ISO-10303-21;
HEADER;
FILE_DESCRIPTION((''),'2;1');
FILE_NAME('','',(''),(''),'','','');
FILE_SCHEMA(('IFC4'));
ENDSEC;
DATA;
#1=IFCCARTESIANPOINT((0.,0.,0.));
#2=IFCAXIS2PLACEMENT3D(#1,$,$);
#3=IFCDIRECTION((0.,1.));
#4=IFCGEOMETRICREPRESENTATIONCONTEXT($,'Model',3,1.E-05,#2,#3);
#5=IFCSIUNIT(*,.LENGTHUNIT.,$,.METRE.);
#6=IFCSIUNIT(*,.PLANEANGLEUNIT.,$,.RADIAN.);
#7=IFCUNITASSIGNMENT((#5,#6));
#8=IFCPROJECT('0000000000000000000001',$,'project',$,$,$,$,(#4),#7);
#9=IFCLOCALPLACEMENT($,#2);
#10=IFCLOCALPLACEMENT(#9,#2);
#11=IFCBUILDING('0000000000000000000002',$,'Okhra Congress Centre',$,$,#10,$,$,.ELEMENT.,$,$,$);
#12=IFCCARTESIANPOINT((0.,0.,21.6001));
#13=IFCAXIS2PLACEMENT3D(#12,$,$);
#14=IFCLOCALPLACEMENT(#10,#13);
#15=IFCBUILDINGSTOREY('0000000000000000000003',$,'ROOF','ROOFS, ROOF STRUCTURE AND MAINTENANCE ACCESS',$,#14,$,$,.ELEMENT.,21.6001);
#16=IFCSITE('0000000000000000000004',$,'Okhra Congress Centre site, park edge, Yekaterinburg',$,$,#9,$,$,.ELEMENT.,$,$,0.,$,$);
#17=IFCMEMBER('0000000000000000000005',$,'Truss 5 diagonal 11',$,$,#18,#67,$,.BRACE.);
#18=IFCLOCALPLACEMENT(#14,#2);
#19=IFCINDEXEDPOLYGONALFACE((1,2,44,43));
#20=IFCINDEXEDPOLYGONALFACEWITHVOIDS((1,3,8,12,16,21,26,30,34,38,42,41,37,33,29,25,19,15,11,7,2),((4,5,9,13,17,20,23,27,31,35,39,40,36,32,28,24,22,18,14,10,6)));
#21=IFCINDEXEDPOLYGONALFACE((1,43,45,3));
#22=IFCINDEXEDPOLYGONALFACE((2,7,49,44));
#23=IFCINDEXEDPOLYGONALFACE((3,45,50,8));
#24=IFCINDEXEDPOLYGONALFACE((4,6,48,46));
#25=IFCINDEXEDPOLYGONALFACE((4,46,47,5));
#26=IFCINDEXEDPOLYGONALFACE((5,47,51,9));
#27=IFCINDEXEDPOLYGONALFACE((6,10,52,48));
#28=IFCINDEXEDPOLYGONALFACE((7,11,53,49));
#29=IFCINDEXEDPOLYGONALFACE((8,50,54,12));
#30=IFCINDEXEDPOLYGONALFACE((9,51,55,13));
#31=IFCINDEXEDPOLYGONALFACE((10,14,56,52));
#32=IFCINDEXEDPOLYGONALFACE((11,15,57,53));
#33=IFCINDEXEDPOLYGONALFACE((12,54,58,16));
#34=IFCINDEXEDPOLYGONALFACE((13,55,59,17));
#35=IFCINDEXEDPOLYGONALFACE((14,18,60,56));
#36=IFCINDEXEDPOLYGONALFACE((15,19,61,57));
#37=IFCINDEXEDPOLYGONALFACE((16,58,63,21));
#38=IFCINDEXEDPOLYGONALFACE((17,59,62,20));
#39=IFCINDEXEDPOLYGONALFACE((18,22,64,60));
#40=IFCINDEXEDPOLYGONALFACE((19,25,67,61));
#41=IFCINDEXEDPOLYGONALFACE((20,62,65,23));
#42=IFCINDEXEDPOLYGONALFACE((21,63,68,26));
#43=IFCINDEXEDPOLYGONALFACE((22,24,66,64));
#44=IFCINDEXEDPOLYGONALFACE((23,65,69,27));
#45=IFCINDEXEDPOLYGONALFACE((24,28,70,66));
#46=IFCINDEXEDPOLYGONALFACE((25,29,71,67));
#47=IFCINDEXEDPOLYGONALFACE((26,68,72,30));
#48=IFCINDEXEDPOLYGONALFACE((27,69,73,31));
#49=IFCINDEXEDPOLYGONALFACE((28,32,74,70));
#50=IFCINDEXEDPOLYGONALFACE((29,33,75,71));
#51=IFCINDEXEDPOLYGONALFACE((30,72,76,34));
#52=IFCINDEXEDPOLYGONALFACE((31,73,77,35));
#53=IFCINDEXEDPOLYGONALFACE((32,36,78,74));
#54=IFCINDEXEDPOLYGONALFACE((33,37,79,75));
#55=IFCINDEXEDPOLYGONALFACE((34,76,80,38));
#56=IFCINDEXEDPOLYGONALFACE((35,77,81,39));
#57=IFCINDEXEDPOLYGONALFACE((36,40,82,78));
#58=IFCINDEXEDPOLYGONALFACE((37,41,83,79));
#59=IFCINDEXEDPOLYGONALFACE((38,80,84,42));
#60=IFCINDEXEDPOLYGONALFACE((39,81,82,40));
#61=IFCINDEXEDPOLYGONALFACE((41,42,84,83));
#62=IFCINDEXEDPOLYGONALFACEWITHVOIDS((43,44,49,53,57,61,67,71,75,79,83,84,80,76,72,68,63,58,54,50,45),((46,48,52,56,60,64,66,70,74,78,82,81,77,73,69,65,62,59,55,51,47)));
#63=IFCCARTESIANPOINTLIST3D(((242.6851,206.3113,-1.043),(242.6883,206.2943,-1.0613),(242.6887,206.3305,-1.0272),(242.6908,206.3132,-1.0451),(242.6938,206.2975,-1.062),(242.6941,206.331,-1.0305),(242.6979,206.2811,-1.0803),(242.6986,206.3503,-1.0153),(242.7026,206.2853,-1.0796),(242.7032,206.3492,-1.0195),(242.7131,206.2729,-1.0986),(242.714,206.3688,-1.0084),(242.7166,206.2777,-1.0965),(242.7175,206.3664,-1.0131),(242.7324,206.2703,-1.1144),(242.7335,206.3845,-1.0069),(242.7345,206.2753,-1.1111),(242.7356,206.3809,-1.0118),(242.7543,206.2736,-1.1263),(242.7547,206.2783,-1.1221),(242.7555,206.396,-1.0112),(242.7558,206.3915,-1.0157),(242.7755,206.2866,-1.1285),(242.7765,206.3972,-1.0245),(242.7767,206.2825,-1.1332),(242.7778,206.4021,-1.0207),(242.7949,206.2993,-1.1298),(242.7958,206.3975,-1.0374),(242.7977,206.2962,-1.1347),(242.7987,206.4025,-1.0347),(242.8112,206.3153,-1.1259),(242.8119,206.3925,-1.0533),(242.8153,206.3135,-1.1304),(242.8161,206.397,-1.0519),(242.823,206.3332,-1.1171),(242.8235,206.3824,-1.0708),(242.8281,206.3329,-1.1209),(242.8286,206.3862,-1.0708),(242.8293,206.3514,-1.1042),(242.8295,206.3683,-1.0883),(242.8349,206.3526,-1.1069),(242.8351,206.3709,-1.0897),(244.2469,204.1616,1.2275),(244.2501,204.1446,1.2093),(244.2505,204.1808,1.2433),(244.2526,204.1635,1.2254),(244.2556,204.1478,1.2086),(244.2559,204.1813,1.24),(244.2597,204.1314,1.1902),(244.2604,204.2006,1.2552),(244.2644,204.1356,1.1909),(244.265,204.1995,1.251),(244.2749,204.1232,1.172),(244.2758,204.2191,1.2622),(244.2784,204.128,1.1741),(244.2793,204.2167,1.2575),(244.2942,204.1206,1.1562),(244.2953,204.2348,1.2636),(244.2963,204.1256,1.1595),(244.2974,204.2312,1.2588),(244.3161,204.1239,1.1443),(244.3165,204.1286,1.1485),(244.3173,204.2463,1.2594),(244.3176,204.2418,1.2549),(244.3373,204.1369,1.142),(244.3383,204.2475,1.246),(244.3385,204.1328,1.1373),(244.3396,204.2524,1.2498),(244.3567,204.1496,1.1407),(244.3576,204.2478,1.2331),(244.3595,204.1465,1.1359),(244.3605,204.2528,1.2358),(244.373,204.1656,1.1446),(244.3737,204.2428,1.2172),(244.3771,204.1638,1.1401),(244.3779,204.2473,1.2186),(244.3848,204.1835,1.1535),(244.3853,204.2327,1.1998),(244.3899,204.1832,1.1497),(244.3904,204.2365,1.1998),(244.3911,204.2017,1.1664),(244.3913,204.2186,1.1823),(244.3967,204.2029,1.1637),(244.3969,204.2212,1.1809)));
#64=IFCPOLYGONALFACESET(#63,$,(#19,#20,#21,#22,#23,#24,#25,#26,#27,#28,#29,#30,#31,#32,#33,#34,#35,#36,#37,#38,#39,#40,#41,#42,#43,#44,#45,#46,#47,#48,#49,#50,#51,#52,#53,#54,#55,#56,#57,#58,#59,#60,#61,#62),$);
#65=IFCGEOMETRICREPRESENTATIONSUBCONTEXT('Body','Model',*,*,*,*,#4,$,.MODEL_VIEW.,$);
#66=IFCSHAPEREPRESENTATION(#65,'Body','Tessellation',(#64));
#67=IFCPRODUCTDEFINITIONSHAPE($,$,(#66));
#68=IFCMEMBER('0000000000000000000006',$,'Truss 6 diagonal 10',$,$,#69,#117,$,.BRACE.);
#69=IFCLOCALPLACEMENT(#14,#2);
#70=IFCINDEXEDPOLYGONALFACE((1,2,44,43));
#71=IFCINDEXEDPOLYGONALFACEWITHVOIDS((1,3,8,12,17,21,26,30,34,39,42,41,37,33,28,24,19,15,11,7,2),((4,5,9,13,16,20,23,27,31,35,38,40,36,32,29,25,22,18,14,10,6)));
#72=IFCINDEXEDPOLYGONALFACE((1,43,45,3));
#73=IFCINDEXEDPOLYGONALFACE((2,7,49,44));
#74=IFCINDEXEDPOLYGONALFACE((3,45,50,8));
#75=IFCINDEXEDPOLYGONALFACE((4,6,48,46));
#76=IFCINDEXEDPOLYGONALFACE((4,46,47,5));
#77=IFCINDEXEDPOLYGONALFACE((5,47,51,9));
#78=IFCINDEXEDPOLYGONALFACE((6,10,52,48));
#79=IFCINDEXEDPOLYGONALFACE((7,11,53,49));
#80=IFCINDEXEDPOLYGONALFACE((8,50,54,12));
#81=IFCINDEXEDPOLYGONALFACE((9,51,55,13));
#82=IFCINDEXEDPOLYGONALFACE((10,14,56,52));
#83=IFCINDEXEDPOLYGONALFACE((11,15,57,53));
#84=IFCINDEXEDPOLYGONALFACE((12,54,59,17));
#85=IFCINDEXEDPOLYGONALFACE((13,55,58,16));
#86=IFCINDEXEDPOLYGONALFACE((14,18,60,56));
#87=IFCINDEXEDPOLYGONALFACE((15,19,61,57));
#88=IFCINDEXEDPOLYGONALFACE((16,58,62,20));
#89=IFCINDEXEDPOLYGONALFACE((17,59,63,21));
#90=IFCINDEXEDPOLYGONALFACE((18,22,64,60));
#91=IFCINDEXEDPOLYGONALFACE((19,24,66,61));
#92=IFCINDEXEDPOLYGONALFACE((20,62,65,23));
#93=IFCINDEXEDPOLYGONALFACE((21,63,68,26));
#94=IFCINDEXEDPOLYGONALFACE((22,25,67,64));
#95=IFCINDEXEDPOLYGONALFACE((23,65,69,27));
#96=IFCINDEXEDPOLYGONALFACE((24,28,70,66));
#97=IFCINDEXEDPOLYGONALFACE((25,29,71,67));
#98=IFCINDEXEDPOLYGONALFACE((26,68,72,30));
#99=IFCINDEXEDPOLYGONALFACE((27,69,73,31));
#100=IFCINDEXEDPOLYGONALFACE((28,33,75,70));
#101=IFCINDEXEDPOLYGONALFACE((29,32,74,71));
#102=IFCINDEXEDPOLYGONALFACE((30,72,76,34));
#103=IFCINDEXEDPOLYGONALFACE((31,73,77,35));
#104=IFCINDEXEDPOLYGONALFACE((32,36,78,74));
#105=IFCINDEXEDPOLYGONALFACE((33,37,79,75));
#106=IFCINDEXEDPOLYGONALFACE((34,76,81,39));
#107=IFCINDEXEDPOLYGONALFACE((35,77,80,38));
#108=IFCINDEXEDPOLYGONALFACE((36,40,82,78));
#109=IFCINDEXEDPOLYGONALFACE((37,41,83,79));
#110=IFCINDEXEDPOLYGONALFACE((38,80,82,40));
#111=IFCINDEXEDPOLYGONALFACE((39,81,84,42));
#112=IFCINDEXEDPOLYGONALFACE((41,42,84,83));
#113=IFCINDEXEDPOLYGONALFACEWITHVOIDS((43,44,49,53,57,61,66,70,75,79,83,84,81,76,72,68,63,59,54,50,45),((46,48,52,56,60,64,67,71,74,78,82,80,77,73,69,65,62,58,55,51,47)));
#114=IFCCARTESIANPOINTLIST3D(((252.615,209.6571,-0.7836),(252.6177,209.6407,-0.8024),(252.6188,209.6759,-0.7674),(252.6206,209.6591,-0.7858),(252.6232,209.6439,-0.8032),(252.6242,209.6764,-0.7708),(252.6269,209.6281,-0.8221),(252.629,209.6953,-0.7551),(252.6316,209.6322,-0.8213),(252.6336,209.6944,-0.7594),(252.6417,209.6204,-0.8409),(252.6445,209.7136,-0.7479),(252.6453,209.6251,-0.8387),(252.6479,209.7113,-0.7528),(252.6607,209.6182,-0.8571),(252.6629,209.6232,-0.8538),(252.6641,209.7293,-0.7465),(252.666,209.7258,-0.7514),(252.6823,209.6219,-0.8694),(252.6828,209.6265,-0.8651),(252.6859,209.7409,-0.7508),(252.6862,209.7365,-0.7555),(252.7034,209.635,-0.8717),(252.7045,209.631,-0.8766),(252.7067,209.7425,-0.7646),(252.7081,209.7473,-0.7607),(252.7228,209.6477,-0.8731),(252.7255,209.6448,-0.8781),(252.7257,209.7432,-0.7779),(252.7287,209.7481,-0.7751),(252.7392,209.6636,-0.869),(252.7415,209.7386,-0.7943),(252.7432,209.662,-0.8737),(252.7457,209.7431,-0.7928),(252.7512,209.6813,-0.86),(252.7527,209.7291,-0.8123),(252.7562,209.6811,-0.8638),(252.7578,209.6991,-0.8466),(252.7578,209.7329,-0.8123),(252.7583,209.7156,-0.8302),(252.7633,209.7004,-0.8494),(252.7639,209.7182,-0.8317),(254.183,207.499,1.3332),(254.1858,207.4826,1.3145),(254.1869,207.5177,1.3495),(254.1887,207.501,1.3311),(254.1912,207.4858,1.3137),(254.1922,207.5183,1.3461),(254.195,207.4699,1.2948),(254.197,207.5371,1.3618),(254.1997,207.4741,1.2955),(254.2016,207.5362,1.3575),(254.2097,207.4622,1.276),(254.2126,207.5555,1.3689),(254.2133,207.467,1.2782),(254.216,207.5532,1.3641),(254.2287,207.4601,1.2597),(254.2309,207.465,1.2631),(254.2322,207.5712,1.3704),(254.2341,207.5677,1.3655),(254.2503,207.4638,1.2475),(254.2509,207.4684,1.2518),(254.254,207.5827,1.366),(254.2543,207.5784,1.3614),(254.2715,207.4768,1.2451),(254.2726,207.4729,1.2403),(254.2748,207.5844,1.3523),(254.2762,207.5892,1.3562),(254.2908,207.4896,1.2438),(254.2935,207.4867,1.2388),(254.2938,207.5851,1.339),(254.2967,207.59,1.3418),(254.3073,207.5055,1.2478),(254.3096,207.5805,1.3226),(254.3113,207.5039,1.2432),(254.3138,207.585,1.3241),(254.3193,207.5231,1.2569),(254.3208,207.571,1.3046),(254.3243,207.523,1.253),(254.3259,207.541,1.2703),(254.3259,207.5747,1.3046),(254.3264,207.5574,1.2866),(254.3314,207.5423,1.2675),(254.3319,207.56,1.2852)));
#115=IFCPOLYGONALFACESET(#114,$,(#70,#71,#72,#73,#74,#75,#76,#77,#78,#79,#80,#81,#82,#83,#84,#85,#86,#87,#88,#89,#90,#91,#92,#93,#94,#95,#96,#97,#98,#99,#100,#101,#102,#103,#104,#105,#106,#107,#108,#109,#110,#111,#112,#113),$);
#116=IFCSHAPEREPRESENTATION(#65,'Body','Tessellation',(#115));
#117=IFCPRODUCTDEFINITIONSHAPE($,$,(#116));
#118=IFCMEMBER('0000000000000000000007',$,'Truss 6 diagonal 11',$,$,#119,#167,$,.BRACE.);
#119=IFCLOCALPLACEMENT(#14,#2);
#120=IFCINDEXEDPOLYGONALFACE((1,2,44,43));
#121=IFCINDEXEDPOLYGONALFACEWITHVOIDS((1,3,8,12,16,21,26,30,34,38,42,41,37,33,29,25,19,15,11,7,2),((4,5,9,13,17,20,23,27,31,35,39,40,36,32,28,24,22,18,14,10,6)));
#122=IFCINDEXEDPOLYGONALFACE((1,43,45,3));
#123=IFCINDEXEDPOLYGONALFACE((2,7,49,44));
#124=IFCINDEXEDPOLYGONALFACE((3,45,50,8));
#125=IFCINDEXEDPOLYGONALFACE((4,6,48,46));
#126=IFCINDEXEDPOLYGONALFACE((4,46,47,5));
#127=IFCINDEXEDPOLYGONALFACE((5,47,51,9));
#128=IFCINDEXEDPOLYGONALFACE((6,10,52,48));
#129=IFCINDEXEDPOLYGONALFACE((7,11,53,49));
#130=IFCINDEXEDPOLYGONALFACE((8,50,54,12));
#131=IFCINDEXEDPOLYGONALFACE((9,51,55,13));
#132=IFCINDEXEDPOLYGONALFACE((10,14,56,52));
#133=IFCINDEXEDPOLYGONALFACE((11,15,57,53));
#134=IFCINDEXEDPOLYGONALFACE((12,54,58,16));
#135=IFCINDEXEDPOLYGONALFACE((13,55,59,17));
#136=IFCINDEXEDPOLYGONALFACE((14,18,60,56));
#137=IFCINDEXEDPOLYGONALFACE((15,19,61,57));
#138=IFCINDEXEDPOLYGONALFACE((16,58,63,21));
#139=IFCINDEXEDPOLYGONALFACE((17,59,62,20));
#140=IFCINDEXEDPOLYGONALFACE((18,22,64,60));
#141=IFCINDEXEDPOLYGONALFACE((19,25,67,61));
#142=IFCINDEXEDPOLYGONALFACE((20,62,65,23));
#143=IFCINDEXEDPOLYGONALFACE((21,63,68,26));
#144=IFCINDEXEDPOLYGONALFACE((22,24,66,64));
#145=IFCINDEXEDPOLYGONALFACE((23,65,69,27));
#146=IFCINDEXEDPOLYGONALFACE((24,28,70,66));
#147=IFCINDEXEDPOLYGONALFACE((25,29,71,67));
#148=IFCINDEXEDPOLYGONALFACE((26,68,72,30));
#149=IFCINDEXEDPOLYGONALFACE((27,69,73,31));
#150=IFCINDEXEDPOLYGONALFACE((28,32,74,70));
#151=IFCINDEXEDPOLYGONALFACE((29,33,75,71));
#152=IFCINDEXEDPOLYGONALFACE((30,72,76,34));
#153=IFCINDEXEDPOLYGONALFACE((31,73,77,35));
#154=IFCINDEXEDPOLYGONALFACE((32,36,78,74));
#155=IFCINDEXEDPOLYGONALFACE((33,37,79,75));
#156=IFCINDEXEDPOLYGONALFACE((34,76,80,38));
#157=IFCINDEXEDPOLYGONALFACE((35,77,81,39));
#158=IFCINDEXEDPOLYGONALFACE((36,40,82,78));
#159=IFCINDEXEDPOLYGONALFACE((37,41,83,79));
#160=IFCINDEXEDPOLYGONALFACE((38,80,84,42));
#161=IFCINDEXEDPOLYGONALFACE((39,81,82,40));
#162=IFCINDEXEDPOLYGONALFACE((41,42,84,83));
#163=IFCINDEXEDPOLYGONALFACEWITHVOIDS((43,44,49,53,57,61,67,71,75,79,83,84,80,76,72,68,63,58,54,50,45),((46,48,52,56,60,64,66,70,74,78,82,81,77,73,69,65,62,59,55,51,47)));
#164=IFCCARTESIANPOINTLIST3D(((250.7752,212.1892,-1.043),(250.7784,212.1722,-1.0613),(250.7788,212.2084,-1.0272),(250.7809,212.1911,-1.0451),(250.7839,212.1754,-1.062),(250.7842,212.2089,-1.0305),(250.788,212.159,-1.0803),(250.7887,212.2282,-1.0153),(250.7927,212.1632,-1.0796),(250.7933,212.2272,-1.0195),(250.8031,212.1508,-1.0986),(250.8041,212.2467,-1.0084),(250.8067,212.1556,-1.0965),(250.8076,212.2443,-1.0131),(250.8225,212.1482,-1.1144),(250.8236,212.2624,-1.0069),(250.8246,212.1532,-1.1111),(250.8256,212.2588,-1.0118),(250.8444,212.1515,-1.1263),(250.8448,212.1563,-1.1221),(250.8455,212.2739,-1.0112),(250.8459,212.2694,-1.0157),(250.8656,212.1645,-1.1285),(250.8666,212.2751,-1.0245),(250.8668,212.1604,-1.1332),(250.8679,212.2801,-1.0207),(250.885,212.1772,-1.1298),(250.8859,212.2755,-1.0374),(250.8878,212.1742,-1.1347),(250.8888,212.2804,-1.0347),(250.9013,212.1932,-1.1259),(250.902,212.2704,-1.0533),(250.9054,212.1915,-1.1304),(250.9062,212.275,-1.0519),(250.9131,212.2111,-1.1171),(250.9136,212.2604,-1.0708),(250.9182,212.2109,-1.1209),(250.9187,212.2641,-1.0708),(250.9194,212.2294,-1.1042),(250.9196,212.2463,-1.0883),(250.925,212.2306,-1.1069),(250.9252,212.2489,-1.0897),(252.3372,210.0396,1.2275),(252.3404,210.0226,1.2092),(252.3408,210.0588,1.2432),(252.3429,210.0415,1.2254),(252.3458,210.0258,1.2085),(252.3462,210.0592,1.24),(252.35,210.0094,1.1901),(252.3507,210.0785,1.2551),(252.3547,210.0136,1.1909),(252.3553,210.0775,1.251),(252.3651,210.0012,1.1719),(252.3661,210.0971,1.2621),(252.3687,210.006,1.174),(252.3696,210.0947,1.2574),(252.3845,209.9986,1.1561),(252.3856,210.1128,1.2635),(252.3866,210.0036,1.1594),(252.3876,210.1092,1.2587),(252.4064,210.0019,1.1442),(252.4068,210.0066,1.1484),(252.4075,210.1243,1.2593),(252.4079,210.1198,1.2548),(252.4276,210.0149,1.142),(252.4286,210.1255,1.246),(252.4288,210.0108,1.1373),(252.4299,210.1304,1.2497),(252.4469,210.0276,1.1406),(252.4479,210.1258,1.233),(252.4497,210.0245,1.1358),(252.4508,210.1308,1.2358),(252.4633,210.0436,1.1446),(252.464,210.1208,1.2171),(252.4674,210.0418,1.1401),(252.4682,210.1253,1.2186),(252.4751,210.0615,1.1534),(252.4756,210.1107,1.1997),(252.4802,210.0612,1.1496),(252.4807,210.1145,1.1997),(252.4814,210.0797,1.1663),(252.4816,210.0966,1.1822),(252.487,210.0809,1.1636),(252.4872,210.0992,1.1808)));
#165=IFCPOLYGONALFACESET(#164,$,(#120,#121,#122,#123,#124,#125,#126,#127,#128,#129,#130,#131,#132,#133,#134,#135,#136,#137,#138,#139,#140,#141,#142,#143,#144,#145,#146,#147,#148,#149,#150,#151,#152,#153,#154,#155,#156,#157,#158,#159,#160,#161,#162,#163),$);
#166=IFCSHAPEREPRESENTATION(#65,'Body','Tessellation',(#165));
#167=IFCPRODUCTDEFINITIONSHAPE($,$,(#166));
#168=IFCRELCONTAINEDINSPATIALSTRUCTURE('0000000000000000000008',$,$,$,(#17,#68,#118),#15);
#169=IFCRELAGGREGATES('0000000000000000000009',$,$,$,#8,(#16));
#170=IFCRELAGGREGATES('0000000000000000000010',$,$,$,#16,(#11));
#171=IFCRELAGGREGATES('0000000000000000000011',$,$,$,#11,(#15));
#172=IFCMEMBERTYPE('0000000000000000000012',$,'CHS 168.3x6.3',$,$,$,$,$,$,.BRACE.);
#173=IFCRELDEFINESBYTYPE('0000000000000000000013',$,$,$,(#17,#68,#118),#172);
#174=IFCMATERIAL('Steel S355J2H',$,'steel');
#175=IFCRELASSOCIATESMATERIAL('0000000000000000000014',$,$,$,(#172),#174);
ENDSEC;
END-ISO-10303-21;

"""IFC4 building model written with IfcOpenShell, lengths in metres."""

from ifc_helpers import new_model, si_unit, direction, frame, origin, origin_2d, place, context, subcontext, project, spatial, hollow_circle, extrude, material, material_profile, profile_set, type_object, element, save


model = new_model("IFC4")

# Units and contexts
model_context = context("Model", 3, precision=1e-05, world=origin(), true_north=direction((0.0, 1.0)))
body_context = subcontext(model_context, "Body", "Model", "MODEL_VIEW")
ifc_project = project(units=[si_unit("LENGTHUNIT", "METRE"), si_unit("PLANEANGLEUNIT", "RADIAN")], contexts=[model_context])

# Site, building, storey
site_placement = place(None, origin())
site = spatial("IfcSite", under=ifc_project, at=site_placement, Name="Okhra Congress Centre site, park edge, Yekaterinburg", CompositionType="ELEMENT", RefElevation=0.0)
building_placement = place(site_placement, origin())
building = spatial("IfcBuilding", under=site, at=building_placement, Name="Okhra Congress Centre", CompositionType="ELEMENT")
storey_placement = place(building_placement, frame((0.0, 0.0, 21.6001)))
storey = spatial("IfcBuildingStorey", under=building, at=storey_placement, Name="ROOF", Description="ROOFS, ROOF STRUCTURE AND MAINTENANCE ACCESS", CompositionType="ELEMENT", Elevation=21.6001)

# Members
ifc_material_1 = material(Name="Steel S355J2H", Category="steel")
ifc_material_profile_1 = material_profile(ifc_material_1, hollow_circle(Radius=0.0842, WallThickness=0.0063, at=origin_2d()), Name="CHS 168.3x6.3")
ifc_profile_set_1 = profile_set([ifc_material_profile_1], Name="Steel S355J2H")
member_type_1 = type_object("IfcMemberType", Name="CHS 168.3x6.3", PredefinedType="BRACE", material=ifc_profile_set_1)
member_1_placement = place(storey_placement, frame((242.7605, 206.3367, -1.0708), z_axis=(0.446852, -0.615058, 0.649636), x_axis=(0.809026, 0.587773, 0.0)))
element("IfcMember", 1, at=member_1_placement, inside=storey, type_object=member_type_1, Name="Truss 5 diagonal 11", PredefinedType="BRACE", context=body_context, shape_type="SweptSolid", body=[
    extrude(hollow_circle(Radius=0.0842, WallThickness=0.0063, at=origin_2d()), origin(), (0.0, 0.0, 1.0), 3.4951),
])
member_2_placement = place(storey_placement, frame((252.6897, 209.6833, -0.8123), z_axis=(0.460449, -0.633717, 0.621602), x_axis=(0.809001, 0.587807, 0.0)))
element("IfcMember", 2, at=member_2_placement, inside=storey, type_object=member_type_1, Name="Truss 6 diagonal 10", PredefinedType="BRACE", context=body_context, shape_type="SweptSolid", body=[
    extrude(hollow_circle(Radius=0.0842, WallThickness=0.0063, at=origin_2d()), origin(), (0.0, 0.0, 1.0), 3.4055),
])
for number, where, z_axis, x_axis, name in (
    (3, (250.8506, 212.2146, -1.0708), (0.446908, -0.615039, 0.649616), (0.808982, 0.587833, 0.0), "Truss 6 diagonal 11"),
):
    element("IfcMember", number, at=place(storey_placement, frame(where, z_axis=z_axis, x_axis=x_axis)), inside=storey, type_object=member_type_1, Name=name, PredefinedType="BRACE", context=body_context, shape_type="SweptSolid", body=[
        extrude(hollow_circle(Radius=0.0842, WallThickness=0.0063, at=origin_2d()), origin(), (0.0, 0.0, 1.0), 3.4951),
    ])

save(model, "model.ifc")
